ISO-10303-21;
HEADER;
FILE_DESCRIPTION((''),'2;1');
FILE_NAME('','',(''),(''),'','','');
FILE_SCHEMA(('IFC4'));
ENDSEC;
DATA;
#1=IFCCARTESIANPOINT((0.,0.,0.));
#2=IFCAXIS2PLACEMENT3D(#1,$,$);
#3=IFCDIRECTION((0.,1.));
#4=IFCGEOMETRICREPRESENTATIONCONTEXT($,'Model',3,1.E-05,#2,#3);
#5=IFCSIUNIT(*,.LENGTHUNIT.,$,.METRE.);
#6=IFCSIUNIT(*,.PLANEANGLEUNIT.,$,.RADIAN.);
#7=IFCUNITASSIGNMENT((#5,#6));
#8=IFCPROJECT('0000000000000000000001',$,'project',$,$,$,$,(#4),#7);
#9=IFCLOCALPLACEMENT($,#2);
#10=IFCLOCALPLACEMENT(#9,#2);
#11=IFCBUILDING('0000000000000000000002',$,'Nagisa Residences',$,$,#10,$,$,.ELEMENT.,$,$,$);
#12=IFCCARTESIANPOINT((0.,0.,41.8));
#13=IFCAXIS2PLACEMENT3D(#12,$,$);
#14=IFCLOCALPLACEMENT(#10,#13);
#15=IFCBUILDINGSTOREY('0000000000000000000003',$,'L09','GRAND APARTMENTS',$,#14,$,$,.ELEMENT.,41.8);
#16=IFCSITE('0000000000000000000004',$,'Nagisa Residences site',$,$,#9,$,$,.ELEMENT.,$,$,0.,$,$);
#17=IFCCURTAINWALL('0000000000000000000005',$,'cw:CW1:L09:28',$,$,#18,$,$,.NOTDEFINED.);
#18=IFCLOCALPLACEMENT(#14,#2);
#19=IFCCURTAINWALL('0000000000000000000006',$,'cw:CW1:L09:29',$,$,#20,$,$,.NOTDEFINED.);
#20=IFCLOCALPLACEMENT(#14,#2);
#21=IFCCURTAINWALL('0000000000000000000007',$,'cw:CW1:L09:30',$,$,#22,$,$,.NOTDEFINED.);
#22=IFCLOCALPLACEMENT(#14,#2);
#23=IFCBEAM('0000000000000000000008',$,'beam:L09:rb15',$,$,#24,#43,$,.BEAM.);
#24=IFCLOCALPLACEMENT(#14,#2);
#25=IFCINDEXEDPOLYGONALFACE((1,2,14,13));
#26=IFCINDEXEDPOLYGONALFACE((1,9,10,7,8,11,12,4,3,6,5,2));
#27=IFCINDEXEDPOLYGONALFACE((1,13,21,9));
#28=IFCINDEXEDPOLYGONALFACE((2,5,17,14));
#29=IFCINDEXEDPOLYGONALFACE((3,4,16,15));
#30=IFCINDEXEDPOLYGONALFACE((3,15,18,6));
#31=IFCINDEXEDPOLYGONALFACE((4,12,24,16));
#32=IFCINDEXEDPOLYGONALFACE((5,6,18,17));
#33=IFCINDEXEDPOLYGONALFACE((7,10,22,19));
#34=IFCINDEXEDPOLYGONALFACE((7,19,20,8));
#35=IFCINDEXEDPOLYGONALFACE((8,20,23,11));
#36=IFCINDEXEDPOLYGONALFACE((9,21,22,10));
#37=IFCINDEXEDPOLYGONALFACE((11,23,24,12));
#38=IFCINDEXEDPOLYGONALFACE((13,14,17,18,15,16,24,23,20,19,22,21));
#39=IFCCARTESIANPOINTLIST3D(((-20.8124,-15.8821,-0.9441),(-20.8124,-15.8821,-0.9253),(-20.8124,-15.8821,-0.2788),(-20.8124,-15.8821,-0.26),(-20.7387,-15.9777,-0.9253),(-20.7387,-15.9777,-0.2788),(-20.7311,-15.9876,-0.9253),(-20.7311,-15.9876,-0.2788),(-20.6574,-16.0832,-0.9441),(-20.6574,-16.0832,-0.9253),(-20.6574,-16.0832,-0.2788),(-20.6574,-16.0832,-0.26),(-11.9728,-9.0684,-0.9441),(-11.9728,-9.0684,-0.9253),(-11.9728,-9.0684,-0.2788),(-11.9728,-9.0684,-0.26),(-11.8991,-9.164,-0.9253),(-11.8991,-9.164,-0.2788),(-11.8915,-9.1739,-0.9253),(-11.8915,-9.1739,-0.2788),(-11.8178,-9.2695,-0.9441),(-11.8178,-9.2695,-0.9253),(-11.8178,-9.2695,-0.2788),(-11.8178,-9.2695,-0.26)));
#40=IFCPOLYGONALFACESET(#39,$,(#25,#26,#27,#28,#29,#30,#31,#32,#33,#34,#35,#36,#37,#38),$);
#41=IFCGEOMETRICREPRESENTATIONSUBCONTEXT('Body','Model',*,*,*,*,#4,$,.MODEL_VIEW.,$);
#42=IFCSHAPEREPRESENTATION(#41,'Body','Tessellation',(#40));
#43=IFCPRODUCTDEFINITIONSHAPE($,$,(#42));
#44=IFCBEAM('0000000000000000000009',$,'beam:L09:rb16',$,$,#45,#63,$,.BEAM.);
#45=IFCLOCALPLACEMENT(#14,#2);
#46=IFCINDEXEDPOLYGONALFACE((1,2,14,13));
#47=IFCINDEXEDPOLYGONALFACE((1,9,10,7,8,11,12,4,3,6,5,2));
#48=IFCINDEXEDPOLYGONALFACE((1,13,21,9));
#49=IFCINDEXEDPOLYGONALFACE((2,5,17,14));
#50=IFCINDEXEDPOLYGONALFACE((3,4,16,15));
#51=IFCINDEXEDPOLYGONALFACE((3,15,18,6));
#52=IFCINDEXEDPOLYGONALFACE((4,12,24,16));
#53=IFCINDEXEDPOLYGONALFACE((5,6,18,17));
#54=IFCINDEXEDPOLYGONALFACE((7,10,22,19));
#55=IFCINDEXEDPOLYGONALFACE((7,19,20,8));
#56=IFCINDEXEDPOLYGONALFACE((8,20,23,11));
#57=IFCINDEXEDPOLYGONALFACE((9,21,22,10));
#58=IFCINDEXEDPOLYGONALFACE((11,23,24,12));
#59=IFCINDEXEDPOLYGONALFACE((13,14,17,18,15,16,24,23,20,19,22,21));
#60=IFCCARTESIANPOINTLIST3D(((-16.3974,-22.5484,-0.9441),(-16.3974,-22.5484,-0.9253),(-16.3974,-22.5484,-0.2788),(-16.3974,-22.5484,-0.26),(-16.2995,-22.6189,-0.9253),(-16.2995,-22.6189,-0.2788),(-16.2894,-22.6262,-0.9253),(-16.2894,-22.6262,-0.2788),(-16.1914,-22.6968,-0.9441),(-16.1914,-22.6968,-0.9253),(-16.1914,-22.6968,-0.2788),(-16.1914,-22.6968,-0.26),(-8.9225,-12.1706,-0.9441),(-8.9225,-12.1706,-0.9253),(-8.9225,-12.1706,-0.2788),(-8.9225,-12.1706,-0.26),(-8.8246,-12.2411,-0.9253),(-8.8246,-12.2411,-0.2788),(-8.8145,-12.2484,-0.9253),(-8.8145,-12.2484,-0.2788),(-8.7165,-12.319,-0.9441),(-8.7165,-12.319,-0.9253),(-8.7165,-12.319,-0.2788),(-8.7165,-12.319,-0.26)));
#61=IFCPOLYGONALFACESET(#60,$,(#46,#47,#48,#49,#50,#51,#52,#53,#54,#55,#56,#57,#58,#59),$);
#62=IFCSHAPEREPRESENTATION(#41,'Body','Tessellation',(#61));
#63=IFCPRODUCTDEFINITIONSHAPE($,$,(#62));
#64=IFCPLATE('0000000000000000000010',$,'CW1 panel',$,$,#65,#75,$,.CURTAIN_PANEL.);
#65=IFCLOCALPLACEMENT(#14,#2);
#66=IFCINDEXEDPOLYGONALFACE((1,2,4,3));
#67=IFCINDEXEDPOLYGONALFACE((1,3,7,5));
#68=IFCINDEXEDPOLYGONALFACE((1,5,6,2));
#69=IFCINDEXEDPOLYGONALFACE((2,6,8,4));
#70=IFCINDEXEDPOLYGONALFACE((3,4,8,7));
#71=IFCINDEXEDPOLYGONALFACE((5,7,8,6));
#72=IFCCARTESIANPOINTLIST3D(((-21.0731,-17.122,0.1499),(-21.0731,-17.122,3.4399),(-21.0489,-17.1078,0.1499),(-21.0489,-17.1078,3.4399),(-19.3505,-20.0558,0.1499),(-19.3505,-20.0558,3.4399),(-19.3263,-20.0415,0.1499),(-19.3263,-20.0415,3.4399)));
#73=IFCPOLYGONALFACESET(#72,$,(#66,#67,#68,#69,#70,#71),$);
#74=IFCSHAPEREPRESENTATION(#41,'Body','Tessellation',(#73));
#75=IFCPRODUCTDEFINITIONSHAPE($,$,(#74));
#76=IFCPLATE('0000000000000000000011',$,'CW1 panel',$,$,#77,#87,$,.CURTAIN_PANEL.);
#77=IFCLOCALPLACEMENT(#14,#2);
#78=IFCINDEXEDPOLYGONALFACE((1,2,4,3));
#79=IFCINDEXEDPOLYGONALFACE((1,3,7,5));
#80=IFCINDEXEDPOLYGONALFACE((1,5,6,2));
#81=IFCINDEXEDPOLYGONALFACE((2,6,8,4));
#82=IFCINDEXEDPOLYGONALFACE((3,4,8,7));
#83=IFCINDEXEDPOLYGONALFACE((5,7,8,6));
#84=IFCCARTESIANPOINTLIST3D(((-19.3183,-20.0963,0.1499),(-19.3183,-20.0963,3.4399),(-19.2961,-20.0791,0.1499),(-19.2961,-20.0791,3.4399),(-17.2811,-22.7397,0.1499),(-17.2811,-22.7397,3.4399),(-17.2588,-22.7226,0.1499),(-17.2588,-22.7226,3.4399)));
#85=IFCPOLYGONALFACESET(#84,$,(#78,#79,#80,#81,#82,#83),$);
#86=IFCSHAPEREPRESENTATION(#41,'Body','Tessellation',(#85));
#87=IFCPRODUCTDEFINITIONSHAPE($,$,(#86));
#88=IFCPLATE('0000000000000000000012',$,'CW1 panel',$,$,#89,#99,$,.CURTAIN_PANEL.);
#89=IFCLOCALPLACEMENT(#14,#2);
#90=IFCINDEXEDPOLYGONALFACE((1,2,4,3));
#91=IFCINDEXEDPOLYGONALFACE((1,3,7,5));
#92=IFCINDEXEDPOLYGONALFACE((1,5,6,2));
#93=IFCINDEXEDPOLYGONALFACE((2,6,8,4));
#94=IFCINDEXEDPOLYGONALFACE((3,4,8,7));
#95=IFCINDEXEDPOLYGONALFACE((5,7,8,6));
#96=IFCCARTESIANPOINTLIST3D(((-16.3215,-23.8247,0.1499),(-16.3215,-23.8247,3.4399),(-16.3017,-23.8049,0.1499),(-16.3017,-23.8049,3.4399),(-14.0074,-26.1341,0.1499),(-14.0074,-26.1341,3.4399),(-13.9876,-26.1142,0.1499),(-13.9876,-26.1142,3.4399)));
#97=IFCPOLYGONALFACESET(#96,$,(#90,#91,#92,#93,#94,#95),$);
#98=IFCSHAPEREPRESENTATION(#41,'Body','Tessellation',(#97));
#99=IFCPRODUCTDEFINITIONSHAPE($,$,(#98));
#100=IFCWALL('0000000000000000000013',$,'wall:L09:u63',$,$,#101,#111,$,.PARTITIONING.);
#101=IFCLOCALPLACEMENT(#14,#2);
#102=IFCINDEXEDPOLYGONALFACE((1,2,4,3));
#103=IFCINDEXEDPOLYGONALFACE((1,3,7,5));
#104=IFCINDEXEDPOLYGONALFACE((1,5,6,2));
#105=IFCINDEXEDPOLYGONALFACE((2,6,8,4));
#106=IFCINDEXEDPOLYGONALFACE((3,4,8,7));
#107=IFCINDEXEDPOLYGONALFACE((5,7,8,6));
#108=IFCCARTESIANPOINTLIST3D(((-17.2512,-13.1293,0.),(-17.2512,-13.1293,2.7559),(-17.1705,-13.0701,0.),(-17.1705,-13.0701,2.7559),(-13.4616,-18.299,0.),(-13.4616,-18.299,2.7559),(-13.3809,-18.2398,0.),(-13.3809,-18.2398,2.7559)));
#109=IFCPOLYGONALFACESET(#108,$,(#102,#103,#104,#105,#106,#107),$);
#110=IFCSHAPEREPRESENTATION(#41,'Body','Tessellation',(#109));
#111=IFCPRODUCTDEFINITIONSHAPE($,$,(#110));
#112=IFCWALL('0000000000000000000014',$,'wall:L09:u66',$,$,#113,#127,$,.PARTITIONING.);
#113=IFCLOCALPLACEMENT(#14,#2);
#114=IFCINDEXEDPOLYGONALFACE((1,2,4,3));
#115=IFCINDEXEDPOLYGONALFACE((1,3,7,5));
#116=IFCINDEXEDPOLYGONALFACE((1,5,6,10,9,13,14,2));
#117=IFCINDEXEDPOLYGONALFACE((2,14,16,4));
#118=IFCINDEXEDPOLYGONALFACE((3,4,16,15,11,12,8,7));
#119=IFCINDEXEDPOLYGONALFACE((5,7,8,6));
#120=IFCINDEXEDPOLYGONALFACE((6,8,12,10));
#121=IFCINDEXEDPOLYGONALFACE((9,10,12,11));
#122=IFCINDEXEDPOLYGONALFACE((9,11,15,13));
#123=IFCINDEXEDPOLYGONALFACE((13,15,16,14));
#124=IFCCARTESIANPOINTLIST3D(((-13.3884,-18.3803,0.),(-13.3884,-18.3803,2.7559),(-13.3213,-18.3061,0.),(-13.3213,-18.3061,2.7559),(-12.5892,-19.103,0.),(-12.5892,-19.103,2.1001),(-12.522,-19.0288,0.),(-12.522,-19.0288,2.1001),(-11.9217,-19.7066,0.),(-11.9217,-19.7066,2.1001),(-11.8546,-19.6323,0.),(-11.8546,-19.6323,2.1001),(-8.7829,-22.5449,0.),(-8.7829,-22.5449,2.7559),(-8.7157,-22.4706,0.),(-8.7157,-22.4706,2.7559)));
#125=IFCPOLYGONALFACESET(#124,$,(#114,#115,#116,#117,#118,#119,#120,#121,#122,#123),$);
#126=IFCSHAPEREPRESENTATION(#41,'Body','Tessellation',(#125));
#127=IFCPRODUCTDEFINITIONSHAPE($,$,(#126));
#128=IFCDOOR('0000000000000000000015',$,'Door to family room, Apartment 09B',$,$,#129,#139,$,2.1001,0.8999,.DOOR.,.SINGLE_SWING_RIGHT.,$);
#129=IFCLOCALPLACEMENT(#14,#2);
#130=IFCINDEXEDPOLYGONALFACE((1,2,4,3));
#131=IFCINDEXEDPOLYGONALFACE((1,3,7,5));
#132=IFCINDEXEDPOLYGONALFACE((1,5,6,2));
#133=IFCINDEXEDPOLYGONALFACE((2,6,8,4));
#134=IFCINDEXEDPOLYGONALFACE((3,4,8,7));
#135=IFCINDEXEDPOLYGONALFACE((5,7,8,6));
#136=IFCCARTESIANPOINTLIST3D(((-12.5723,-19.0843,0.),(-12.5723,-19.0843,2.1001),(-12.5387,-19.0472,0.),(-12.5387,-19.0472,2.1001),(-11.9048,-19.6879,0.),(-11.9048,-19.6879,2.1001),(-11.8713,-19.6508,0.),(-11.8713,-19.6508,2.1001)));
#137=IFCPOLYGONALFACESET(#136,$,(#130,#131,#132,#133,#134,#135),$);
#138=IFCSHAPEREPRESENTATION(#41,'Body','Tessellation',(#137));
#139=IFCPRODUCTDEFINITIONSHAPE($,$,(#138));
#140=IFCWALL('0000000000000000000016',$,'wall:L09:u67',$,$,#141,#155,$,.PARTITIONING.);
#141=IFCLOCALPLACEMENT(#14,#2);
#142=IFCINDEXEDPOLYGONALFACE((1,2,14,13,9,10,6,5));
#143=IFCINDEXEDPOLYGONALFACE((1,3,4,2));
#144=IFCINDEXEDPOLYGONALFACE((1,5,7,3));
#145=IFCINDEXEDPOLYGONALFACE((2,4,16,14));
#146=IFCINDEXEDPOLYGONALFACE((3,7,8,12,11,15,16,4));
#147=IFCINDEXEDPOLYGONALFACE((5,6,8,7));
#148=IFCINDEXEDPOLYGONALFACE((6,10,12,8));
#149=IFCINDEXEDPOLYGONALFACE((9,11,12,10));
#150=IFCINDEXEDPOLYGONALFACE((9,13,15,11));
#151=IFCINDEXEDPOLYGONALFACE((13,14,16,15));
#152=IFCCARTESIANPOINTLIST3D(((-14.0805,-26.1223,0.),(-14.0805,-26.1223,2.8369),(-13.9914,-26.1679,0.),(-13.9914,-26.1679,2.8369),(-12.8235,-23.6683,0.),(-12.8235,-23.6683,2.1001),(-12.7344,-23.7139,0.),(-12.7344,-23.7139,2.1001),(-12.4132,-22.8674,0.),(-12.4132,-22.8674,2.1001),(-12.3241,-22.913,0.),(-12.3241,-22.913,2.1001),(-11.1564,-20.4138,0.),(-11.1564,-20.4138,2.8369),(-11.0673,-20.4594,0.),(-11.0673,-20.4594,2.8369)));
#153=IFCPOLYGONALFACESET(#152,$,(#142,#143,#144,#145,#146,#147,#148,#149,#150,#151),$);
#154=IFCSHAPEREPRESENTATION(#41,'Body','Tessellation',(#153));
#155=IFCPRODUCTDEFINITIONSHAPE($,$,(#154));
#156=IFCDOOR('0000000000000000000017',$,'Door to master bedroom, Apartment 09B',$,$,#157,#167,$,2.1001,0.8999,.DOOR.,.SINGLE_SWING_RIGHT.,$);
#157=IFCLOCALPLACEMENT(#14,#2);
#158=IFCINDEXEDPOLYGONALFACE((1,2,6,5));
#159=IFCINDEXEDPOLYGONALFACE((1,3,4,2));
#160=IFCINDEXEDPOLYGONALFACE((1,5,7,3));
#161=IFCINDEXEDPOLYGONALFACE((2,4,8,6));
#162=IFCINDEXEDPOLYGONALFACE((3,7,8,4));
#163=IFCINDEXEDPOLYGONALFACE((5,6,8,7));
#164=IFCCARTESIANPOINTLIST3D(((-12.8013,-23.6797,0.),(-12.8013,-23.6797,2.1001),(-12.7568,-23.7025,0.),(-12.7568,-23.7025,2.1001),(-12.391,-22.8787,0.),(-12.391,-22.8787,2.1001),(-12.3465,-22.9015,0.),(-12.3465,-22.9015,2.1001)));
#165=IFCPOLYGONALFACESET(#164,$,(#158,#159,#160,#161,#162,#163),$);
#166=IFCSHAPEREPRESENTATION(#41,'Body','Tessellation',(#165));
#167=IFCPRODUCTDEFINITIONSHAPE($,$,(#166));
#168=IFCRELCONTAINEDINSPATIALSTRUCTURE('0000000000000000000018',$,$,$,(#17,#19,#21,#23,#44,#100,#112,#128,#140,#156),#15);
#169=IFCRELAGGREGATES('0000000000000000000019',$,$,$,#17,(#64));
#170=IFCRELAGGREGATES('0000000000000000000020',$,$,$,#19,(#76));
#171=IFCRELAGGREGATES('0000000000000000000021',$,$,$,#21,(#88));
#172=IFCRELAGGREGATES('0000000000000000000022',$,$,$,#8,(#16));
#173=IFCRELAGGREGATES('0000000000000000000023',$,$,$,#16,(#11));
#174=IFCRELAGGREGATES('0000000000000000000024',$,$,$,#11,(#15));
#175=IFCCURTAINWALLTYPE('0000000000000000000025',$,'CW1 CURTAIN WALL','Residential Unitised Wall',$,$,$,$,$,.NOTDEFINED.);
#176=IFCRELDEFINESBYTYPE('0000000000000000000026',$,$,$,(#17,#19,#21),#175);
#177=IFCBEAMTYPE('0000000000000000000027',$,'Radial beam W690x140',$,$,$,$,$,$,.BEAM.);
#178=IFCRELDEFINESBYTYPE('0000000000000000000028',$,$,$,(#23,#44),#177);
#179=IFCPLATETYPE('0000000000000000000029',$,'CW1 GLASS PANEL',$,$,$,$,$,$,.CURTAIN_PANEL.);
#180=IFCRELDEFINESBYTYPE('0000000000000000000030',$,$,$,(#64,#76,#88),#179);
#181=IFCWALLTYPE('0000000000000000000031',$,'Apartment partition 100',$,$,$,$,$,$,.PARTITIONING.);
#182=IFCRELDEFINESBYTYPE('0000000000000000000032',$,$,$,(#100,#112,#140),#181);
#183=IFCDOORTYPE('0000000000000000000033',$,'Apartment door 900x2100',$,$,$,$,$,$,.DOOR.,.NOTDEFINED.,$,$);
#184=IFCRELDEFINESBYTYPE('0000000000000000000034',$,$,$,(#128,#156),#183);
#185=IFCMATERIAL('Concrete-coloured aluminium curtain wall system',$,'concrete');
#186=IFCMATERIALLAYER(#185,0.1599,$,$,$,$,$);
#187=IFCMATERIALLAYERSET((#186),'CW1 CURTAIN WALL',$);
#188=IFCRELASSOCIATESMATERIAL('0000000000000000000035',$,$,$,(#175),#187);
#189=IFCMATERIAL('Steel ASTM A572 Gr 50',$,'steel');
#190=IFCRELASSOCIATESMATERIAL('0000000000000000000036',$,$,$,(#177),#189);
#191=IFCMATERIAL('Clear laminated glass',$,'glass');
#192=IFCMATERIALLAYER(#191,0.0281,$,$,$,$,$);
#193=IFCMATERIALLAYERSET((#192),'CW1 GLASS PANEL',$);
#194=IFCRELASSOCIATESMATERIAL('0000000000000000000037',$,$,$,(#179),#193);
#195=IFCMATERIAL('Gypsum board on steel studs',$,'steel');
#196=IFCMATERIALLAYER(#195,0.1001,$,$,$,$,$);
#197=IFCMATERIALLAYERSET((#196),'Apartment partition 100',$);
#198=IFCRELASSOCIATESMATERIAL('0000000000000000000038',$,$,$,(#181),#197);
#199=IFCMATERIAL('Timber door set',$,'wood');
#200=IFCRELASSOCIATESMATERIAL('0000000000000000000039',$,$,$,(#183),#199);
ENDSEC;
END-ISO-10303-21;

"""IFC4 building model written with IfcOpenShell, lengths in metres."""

from ifc_helpers import new_model, si_unit, direction, frame, frame_2d, origin, origin_2d, place, context, subcontext, project, spatial, rectangle, i_section, extrude, material, layer, layer_set, material_profile, profile_set, type_object, element, fill, aggregate, save


model = new_model("IFC4")

# Units and contexts
model_context = context("Model", 3, precision=1e-05, world=origin(), true_north=direction((0.0, 1.0)))
body_context = subcontext(model_context, "Body", "Model", "MODEL_VIEW")
ifc_project = project(units=[si_unit("LENGTHUNIT", "METRE"), si_unit("PLANEANGLEUNIT", "RADIAN")], contexts=[model_context])

# Site, building, storey
site_placement = place(None, origin())
site = spatial("IfcSite", under=ifc_project, at=site_placement, Name="Nagisa Residences site", CompositionType="ELEMENT", RefElevation=0.0)
building_placement = place(site_placement, origin())
building = spatial("IfcBuilding", under=site, at=building_placement, Name="Nagisa Residences", CompositionType="ELEMENT")
storey_placement = place(building_placement, frame((0.0, 0.0, 41.8)))
storey = spatial("IfcBuildingStorey", under=building, at=storey_placement, Name="L09", Description="GRAND APARTMENTS", CompositionType="ELEMENT", Elevation=41.8)

# Curtain walls
ifc_material_1 = material(Name="Concrete-coloured aluminium curtain wall system", Category="concrete")
ifc_layer_1 = layer(ifc_material_1, 0.1599)
ifc_layer_set_1 = layer_set([ifc_layer_1], Name="CW1 CURTAIN WALL")
curtain_wall_type = type_object("IfcCurtainWallType", Name="CW1 CURTAIN WALL", Description="Residential Unitised Wall", PredefinedType="NOTDEFINED", material=ifc_layer_set_1)
curtain_wall_1_placement = place(storey_placement, origin())
curtain_wall_1 = element("IfcCurtainWall", 1, at=curtain_wall_1_placement, inside=storey, type_object=curtain_wall_type, Name="cw:CW1:L09:28", PredefinedType="NOTDEFINED")
curtain_wall_2_placement = place(storey_placement, origin())
curtain_wall_2 = element("IfcCurtainWall", 2, at=curtain_wall_2_placement, inside=storey, type_object=curtain_wall_type, Name="cw:CW1:L09:29", PredefinedType="NOTDEFINED")
curtain_wall_3_placement = place(storey_placement, origin())
curtain_wall_3 = element("IfcCurtainWall", 3, at=curtain_wall_3_placement, inside=storey, type_object=curtain_wall_type, Name="cw:CW1:L09:30", PredefinedType="NOTDEFINED")

# Beams
ifc_material_2 = material(Name="Steel ASTM A572 Gr 50", Category="steel")
ifc_material_profile_1 = material_profile(ifc_material_2, i_section(OverallWidth=0.2539, OverallDepth=0.6841, WebThickness=0.0125, FlangeThickness=0.0188, at=origin_2d()), Name="W690x140")
ifc_profile_set_1 = profile_set([ifc_material_profile_1], Name="Steel ASTM A572 Gr 50")
beam_type_1 = type_object("IfcBeamType", Name="Radial beam W690x140", PredefinedType="BEAM", material=ifc_profile_set_1)
beam_1_placement = place(storey_placement, frame((-20.7349, -15.9827, -0.6021), z_axis=(0.792016, 0.6105, 0.0), x_axis=(-0.6105, 0.792016, 0.0)))
element("IfcBeam", 4, at=beam_1_placement, inside=storey, type_object=beam_type_1, Name="beam:L09:rb15", PredefinedType="BEAM", context=body_context, shape_type="SweptSolid", body=[
    extrude(i_section(OverallWidth=0.2539, OverallDepth=0.6841, WebThickness=0.0125, FlangeThickness=0.0188, at=origin_2d()), origin(), (0.0, 0.0, 1.0), 11.1609),
])
beam_2_placement = place(storey_placement, frame((-16.2944, -22.6226, -0.6021), z_axis=(0.584455, 0.811426, 0.0), x_axis=(-0.811426, 0.584455, 0.0)))
element("IfcBeam", 5, at=beam_2_placement, inside=storey, type_object=beam_type_1, Name="beam:L09:rb16", PredefinedType="BEAM", context=body_context, shape_type="SweptSolid", body=[
    extrude(i_section(OverallWidth=0.2539, OverallDepth=0.6841, WebThickness=0.0125, FlangeThickness=0.0188, at=origin_2d()), origin(), (0.0, 0.0, 1.0), 12.7896),
])

# Plates
ifc_material_3 = material(Name="Clear laminated glass", Category="glass")
ifc_layer_2 = layer(ifc_material_3, 0.0281)
ifc_layer_set_2 = layer_set([ifc_layer_2], Name="CW1 GLASS PANEL")
plate_type = type_object("IfcPlateType", Name="CW1 GLASS PANEL", PredefinedType="CURTAIN_PANEL", material=ifc_layer_set_2)
plate_1_placement = place(storey_placement, frame((-20.1997, -18.5818, 0.1499), z_axis=(0.0, 0.0, 1.0), x_axis=(0.506349, -0.862329, 0.0)))
plate_1 = element("IfcPlate", 6, at=plate_1_placement, type_object=plate_type, Name="CW1 panel", PredefinedType="CURTAIN_PANEL", context=body_context, shape_type="SweptSolid", body=[
    extrude(rectangle(XDim=3.4021, YDim=0.0281, at=origin_2d()), origin(), (0.0, 0.0, 1.0), 3.29),
])
aggregate(curtain_wall_1, [plate_1])
plate_2_placement = place(storey_placement, frame((-18.2886, -21.4094, 0.1499), z_axis=(0.0, 0.0, 1.0), x_axis=(0.61043, -0.79207, 0.0)))
plate_2 = element("IfcPlate", 7, at=plate_2_placement, type_object=plate_type, Name="CW1 panel", PredefinedType="CURTAIN_PANEL", context=body_context, shape_type="SweptSolid", body=[
    extrude(rectangle(XDim=3.3374, YDim=0.0281, at=origin_2d()), origin(), (0.0, 0.0, 1.0), 3.29),
])
aggregate(curtain_wall_2, [plate_2])
plate_3_placement = place(storey_placement, frame((-15.1545, -24.9695, 0.1499), z_axis=(0.0, 0.0, 1.0), x_axis=(0.707836, -0.706377, 0.0)))
plate_3 = element("IfcPlate", 8, at=plate_3_placement, type_object=plate_type, Name="CW1 panel", PredefinedType="CURTAIN_PANEL", context=body_context, shape_type="SweptSolid", body=[
    extrude(rectangle(XDim=3.2693, YDim=0.0281, at=origin_2d()), origin(), (0.0, 0.0, 1.0), 3.29),
])
aggregate(curtain_wall_3, [plate_3])

# Wall
ifc_material_4 = material(Name="Gypsum board on steel studs", Category="steel")
ifc_layer_3 = layer(ifc_material_4, 0.1001)
ifc_layer_set_3 = layer_set([ifc_layer_3], Name="Apartment partition 100")
wall_type_1 = type_object("IfcWallType", Name="Apartment partition 100", PredefinedType="PARTITIONING", material=ifc_layer_set_3)
wall_1_placement = place(storey_placement, frame((-17.2109, -13.0996, 0.0), z_axis=(0.0, 0.0, 1.0), x_axis=(0.591207, -0.80652, 0.0)))
element("IfcWall", 9, at=wall_1_placement, inside=storey, type_object=wall_type_1, Name="wall:L09:u63", PredefinedType="PARTITIONING", context=body_context, shape_type="SweptSolid", body=[
    extrude(rectangle(XDim=6.4099, YDim=0.1001, at=frame_2d((3.2051, 0.0))), origin(), (0.0, 0.0, 1.0), 2.7559),
])

# Walls, openings, doors
wall_2_placement = place(storey_placement, frame((-13.3547, -18.3433, 0.0), z_axis=(0.0, 0.0, 1.0), x_axis=(0.74172, -0.670709, 0.0)))
wall_2 = element("IfcWall", 10, at=wall_2_placement, inside=storey, type_object=wall_type_1, Name="wall:L09:u66", PredefinedType="PARTITIONING", context=body_context, shape_type="SweptSolid", body=[
    extrude(rectangle(XDim=6.2092, YDim=0.1001, at=frame_2d((3.1045, 0.0))), origin(), (0.0, 0.0, 1.0), 2.7559),
])
opening_1_placement = place(wall_2_placement, frame((1.0774, 0.0, 0.0)))
opening_1 = element("IfcOpeningElement", 11, at=opening_1_placement, cuts=wall_2, PredefinedType="OPENING", context=body_context, shape_type="SweptSolid", body=[
    extrude(rectangle(XDim=0.8999, YDim=2.1001, at=frame_2d((0.45, 1.05))), frame((0.0, 0.0601, 0.0), z_axis=(0.0, -1.0, 0.0), x_axis=(1.0, 0.0, 0.0)), (0.0, 0.0, 1.0), 0.1201),
])
ifc_material_5 = material(Name="Timber door set", Category="wood")
door_type_1 = type_object("IfcDoorType", Name="Apartment door 900x2100", OperationType="NOTDEFINED", PredefinedType="DOOR", material=ifc_material_5)
door_1_placement = place(opening_1_placement, frame((0.8999, 0.0, 0.0), x_axis=(-1.0, 0.0, 0.0)))
door_1 = element("IfcDoor", 12, at=door_1_placement, inside=storey, type_object=door_type_1, Name="Door to family room, Apartment 09B", OperationType="SINGLE_SWING_RIGHT", OverallHeight=2.1001, OverallWidth=0.8999, PredefinedType="DOOR", context=body_context, shape_type="SweptSolid", body=[
    extrude(rectangle(XDim=0.8999, YDim=2.1001, at=frame_2d((0.45, 1.05))), frame((0.0, 0.0249, 0.0), z_axis=(0.0, -1.0, 0.0), x_axis=(1.0, 0.0, 0.0)), (0.0, 0.0, 1.0), 0.05),
])
fill(opening_1, door_1)
wall_3_placement = place(storey_placement, frame((-11.1118, -20.4365, 0.0), z_axis=(0.0, 0.0, 1.0), x_axis=(-0.455902, -0.89003, 0.0)))
wall_3 = element("IfcWall", 13, at=wall_3_placement, inside=storey, type_object=wall_type_1, Name="wall:L09:u67", PredefinedType="PARTITIONING", context=body_context, shape_type="SweptSolid", body=[
    extrude(rectangle(XDim=6.4138, YDim=0.1001, at=frame_2d((3.207, 0.0))), origin(), (0.0, 0.0, 1.0), 2.8369),
])
opening_2_placement = place(wall_3_placement, frame((2.7568, 0.0, 0.0)))
opening_2 = element("IfcOpeningElement", 14, at=opening_2_placement, cuts=wall_3, PredefinedType="OPENING", context=body_context, shape_type="SweptSolid", body=[
    extrude(rectangle(XDim=0.8999, YDim=2.1001, at=frame_2d((0.45, 1.05))), frame((0.0, 0.0601, 0.0), z_axis=(0.0, -1.0, 0.0), x_axis=(1.0, 0.0, 0.0)), (0.0, 0.0, 1.0), 0.1201),
])
door_2_placement = place(opening_2_placement, origin())
door_2 = element("IfcDoor", 15, at=door_2_placement, inside=storey, type_object=door_type_1, Name="Door to master bedroom, Apartment 09B", OperationType="SINGLE_SWING_RIGHT", OverallHeight=2.1001, OverallWidth=0.8999, PredefinedType="DOOR", context=body_context, shape_type="SweptSolid", body=[
    extrude(rectangle(XDim=0.8999, YDim=2.1001, at=frame_2d((0.45, 1.05))), frame((0.0, 0.0249, 0.0), z_axis=(0.0, -1.0, 0.0), x_axis=(1.0, 0.0, 0.0)), (0.0, 0.0, 1.0), 0.05),
])
fill(opening_2, door_2)

save(model, "model.ifc")
